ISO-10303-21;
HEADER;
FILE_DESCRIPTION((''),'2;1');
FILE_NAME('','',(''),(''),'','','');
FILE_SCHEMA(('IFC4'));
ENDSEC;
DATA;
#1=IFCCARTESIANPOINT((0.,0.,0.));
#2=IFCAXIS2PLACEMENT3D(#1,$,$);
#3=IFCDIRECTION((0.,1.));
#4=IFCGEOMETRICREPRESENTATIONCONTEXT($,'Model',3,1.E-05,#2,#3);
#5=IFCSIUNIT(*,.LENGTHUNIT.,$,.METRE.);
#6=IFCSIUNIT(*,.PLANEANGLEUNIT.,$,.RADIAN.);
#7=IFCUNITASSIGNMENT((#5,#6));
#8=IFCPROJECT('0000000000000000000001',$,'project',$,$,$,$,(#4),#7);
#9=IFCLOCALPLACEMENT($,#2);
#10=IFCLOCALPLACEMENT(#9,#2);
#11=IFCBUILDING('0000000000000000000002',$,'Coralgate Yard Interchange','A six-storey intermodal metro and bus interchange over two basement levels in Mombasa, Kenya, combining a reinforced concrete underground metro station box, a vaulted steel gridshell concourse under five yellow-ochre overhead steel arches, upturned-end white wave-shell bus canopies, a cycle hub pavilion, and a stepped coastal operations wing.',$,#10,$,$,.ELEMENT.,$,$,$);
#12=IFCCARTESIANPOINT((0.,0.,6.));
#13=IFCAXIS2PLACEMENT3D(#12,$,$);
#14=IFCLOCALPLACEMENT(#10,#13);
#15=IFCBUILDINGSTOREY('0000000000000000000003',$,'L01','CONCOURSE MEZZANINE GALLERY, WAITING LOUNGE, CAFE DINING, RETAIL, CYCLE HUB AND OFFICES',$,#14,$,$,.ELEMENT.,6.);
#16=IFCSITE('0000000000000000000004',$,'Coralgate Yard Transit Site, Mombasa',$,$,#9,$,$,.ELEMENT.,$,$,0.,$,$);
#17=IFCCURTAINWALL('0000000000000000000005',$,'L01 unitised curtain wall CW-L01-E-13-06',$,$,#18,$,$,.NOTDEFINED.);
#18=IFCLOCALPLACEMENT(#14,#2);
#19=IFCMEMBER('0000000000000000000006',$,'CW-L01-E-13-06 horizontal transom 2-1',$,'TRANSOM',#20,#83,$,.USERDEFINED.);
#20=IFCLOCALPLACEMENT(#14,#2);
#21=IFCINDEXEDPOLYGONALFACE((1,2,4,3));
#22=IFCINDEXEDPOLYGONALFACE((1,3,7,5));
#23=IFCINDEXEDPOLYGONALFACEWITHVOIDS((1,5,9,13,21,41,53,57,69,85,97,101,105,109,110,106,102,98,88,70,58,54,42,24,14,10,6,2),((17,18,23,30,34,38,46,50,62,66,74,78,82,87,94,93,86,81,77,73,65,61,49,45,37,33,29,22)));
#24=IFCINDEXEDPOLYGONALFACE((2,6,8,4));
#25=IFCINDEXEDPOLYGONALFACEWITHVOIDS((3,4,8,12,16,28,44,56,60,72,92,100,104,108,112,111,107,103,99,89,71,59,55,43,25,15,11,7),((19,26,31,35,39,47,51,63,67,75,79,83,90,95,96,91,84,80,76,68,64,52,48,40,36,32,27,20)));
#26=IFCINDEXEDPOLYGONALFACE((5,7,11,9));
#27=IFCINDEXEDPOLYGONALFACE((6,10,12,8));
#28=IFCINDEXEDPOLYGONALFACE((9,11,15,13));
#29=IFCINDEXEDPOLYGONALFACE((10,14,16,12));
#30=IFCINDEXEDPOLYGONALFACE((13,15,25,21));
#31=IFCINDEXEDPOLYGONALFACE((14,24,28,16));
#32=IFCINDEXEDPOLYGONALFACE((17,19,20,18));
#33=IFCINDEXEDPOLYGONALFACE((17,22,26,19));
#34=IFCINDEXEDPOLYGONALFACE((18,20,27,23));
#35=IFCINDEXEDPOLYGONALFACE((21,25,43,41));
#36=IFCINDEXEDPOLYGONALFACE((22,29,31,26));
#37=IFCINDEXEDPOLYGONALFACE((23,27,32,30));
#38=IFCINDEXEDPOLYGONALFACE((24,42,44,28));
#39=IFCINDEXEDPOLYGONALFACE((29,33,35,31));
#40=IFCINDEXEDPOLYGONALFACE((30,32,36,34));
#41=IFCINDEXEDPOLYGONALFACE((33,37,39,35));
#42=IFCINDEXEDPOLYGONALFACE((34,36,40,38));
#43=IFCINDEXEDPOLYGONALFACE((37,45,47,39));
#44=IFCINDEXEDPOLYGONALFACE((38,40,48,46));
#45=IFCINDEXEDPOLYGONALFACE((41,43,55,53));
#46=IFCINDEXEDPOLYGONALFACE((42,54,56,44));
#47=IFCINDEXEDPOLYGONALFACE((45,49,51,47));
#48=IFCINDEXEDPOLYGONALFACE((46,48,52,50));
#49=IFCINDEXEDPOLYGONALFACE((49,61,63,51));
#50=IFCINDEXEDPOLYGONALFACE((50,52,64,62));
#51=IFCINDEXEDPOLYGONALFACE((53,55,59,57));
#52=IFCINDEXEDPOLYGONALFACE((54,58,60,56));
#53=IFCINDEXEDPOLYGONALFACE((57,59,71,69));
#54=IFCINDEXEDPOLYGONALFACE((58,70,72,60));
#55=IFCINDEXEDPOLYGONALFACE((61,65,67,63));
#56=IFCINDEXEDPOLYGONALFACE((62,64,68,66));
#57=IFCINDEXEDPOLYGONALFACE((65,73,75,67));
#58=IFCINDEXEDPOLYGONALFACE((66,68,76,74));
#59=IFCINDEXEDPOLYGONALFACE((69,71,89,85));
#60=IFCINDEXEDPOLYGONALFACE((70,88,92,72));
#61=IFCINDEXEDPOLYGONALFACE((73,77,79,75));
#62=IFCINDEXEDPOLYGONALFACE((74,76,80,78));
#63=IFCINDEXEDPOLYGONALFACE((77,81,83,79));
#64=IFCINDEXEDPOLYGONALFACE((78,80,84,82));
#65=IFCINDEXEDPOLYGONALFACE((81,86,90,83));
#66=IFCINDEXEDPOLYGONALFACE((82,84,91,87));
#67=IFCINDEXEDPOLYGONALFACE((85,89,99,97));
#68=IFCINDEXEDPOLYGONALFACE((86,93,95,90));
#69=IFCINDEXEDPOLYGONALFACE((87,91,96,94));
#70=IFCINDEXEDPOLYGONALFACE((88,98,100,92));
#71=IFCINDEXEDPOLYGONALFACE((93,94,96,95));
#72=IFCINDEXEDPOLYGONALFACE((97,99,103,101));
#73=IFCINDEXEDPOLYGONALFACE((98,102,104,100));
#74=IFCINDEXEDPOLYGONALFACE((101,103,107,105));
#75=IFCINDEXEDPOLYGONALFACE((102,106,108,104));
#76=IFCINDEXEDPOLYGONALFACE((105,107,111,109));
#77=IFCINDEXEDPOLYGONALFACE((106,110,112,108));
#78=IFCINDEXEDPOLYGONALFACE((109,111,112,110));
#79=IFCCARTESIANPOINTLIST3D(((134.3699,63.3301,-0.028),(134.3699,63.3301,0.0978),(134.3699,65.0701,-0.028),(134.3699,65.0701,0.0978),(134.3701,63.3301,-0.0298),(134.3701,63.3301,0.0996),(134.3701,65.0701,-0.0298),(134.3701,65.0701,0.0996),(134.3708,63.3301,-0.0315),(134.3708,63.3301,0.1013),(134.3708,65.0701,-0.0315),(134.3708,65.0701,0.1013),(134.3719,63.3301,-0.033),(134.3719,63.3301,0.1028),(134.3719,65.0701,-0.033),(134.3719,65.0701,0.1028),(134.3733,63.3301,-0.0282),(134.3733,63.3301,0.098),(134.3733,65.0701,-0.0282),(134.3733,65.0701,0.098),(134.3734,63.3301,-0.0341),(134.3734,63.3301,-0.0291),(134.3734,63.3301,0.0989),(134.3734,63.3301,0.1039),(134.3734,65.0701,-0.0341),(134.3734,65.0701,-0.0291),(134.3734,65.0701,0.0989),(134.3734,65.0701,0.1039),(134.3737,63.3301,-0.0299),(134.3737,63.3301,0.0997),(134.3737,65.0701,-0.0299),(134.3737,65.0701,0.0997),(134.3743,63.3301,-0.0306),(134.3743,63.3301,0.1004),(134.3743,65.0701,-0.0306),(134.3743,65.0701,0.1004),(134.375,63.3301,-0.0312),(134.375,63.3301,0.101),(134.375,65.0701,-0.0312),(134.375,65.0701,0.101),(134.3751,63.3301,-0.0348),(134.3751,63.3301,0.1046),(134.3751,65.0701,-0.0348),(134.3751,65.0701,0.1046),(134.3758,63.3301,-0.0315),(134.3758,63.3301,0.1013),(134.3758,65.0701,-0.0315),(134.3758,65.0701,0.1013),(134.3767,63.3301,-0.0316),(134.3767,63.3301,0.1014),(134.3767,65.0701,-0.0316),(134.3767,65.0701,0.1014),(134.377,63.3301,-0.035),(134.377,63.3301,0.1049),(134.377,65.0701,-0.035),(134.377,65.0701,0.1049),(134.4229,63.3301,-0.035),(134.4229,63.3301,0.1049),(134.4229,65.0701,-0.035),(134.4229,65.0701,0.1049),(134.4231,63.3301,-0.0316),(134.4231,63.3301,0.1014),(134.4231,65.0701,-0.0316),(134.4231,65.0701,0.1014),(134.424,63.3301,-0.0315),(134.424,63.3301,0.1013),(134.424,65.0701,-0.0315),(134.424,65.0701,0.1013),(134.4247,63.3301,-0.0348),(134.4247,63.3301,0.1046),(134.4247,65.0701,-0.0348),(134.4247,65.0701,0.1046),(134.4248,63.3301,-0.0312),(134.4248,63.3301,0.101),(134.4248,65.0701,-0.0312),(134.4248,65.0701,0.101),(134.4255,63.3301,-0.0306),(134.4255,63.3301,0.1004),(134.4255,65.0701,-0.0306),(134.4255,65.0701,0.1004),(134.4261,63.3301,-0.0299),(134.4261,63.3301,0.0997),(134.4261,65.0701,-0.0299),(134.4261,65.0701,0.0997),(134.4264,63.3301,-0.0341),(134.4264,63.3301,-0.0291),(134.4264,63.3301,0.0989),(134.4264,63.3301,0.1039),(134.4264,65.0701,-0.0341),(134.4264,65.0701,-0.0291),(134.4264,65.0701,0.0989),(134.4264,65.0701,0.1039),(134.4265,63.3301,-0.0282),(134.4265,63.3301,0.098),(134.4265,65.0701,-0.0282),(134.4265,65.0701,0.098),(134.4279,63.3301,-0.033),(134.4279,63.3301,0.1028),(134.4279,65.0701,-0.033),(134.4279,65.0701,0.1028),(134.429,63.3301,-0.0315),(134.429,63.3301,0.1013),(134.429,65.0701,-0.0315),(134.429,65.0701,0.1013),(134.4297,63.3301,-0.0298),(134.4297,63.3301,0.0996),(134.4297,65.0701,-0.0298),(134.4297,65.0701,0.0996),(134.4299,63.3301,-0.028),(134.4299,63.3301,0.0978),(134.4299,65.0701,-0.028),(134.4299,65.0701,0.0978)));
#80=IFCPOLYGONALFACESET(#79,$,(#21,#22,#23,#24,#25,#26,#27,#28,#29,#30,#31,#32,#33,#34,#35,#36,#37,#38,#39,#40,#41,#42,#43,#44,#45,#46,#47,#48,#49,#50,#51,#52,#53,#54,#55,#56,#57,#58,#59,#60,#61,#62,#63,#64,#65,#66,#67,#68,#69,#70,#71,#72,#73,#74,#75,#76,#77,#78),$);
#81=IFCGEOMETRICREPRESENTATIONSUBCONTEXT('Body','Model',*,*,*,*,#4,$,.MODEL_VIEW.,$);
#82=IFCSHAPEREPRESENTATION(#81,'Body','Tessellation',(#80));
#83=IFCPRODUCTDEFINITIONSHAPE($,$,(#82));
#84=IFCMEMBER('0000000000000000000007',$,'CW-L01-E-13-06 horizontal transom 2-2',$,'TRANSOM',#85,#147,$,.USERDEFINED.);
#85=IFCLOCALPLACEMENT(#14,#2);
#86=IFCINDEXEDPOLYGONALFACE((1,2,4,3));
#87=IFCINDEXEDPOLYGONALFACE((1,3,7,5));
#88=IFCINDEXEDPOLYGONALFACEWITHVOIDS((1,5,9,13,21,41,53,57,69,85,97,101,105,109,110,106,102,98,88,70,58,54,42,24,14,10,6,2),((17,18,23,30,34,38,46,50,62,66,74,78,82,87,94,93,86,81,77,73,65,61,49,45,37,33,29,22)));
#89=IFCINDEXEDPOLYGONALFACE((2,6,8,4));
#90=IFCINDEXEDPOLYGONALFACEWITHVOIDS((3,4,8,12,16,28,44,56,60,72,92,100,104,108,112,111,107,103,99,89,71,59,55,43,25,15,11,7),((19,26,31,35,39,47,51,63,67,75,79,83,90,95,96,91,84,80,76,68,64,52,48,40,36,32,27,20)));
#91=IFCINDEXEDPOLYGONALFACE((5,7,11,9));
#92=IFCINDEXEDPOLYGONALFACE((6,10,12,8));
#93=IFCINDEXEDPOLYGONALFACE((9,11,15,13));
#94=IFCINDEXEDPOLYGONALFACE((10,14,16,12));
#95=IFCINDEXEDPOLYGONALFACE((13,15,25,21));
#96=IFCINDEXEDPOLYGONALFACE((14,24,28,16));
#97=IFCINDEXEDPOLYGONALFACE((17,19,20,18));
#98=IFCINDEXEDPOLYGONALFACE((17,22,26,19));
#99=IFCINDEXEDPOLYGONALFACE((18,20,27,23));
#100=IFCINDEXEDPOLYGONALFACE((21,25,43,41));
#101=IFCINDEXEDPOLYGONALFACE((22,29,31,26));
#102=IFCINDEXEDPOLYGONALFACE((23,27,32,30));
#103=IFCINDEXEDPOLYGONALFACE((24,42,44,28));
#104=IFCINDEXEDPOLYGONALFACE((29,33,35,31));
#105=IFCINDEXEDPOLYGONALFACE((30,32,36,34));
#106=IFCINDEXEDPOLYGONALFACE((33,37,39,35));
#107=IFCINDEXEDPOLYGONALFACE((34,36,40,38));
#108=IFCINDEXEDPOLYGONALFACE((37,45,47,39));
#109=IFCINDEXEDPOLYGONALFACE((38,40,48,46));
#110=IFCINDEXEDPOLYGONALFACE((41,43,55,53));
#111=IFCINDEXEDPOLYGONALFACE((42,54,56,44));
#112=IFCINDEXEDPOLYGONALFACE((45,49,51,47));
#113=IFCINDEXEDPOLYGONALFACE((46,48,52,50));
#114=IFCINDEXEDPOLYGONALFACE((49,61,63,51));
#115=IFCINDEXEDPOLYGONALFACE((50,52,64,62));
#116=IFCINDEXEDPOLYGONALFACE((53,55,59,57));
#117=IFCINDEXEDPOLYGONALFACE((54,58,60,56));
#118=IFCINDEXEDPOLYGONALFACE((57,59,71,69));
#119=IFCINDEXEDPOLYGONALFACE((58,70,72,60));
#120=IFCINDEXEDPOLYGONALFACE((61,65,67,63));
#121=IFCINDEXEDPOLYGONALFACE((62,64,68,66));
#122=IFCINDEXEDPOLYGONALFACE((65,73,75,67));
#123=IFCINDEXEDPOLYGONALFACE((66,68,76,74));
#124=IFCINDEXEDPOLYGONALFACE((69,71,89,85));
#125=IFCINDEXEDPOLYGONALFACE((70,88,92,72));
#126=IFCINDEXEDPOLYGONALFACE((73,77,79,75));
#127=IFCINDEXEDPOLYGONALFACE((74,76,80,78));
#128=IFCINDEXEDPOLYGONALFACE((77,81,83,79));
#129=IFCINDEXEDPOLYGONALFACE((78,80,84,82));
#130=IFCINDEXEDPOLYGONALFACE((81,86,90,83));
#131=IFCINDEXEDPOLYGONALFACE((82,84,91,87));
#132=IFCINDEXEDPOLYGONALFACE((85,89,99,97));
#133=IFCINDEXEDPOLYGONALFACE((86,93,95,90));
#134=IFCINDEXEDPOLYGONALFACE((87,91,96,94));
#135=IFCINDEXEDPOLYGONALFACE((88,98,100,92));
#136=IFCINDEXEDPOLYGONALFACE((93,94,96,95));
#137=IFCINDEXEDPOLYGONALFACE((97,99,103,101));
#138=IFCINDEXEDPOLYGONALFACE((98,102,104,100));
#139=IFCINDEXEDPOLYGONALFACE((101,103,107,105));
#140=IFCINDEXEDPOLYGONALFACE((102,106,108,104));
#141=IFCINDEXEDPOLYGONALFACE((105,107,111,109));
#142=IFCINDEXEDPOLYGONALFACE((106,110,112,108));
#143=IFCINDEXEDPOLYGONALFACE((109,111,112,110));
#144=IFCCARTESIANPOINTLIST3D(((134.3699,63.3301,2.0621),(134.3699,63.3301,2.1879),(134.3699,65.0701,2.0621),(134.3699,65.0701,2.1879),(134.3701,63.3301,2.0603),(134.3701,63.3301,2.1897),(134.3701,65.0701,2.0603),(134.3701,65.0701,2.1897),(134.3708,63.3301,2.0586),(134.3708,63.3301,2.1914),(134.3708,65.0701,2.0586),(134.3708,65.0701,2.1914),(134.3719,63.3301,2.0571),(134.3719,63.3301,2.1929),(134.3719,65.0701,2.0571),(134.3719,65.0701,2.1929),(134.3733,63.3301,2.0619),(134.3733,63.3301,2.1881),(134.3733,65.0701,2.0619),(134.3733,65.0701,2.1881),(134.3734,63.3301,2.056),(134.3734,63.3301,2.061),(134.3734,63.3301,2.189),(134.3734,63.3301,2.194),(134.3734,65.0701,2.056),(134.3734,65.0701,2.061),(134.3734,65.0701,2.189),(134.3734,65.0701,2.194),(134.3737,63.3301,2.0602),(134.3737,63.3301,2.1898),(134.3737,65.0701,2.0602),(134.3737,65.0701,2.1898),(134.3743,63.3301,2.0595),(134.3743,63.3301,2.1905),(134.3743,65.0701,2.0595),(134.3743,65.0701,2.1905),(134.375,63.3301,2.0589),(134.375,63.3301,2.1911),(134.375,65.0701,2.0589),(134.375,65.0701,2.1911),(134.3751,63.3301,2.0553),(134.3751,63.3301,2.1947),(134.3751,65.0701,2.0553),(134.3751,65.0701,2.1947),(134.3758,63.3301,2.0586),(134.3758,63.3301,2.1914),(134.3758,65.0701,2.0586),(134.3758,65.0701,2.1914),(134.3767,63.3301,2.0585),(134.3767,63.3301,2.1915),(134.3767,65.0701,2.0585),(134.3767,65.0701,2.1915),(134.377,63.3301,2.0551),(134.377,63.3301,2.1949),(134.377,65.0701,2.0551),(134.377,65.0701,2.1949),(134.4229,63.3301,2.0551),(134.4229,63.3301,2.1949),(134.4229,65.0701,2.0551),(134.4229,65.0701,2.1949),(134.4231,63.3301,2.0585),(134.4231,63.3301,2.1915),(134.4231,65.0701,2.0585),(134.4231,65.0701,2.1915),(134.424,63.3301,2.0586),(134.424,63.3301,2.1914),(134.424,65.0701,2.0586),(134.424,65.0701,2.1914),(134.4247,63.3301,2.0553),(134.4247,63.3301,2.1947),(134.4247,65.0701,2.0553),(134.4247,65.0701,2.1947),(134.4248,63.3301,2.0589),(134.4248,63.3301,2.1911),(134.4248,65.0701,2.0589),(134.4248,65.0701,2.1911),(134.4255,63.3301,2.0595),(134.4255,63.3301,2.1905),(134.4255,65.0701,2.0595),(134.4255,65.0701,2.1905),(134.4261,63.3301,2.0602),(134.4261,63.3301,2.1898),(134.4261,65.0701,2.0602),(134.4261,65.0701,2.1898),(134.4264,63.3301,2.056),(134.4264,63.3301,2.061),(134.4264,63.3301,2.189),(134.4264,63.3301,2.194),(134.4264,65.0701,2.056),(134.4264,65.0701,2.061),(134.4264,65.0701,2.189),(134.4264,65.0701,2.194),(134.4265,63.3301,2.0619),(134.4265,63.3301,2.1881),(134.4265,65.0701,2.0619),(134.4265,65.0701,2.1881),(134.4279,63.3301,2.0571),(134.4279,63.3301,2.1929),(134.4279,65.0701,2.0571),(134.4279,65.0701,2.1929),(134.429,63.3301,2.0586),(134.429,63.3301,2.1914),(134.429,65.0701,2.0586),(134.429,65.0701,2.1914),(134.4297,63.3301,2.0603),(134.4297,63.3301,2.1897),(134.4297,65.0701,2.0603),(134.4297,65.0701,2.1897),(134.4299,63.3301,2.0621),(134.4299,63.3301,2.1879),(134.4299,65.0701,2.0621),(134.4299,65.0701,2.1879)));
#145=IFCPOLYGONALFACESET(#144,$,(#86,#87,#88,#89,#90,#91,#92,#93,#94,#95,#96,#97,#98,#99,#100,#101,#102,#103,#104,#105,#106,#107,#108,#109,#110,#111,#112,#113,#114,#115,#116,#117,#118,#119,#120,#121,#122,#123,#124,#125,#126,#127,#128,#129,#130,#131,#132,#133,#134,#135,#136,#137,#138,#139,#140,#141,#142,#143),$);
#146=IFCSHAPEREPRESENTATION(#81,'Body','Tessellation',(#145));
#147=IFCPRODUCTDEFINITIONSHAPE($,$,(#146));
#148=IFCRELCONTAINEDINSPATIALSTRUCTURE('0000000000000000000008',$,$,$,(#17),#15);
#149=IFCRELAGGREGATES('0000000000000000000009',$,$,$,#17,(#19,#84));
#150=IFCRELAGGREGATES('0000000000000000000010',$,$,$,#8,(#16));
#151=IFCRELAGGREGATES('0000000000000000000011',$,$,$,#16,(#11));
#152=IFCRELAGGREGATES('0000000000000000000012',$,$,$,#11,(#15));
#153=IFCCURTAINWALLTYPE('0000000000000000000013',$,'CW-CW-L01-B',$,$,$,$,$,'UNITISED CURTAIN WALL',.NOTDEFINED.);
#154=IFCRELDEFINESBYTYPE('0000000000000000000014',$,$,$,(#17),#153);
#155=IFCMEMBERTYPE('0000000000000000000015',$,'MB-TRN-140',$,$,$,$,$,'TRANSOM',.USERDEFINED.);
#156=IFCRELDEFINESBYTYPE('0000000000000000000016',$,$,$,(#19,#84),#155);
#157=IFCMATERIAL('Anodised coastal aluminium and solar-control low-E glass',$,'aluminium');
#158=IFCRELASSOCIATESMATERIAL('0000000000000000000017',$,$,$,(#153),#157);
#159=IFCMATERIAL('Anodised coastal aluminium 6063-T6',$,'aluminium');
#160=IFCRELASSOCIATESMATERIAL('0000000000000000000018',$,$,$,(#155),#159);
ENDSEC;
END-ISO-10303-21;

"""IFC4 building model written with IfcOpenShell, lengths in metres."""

from ifc_helpers import new_model, si_unit, direction, frame, origin, origin_2d, place, context, subcontext, project, spatial, hollow_rectangle, extrude, material, material_profile, profile_set, type_object, element, aggregate, save


model = new_model("IFC4")

# Units and contexts
model_context = context("Model", 3, precision=1e-05, world=origin(), true_north=direction((0.0, 1.0)))
body_context = subcontext(model_context, "Body", "Model", "MODEL_VIEW")
ifc_project = project(units=[si_unit("LENGTHUNIT", "METRE"), si_unit("PLANEANGLEUNIT", "RADIAN")], contexts=[model_context])

# Site, building, storey
site_placement = place(None, origin())
site = spatial("IfcSite", under=ifc_project, at=site_placement, Name="Coralgate Yard Transit Site, Mombasa", CompositionType="ELEMENT", RefElevation=0.0)
building_placement = place(site_placement, origin())
building = spatial("IfcBuilding", under=site, at=building_placement, Name="Coralgate Yard Interchange", Description="A six-storey intermodal metro and bus interchange over two basement levels in Mombasa, Kenya, combining a reinforced concrete underground metro station box, a vaulted steel gridshell concourse under five yellow-ochre overhead steel arches, upturned-end white wave-shell bus canopies, a cycle hub pavilion, and a stepped coastal operations wing.", CompositionType="ELEMENT")
storey_placement = place(building_placement, frame((0.0, 0.0, 6.0)))
storey = spatial("IfcBuildingStorey", under=building, at=storey_placement, Name="L01", Description="CONCOURSE MEZZANINE GALLERY, WAITING LOUNGE, CAFE DINING, RETAIL, CYCLE HUB AND OFFICES", CompositionType="ELEMENT", Elevation=6.0)

# Curtain wall, members
ifc_material_1 = material(Name="Anodised coastal aluminium and solar-control low-E glass", Category="aluminium")
curtain_wall_type = type_object("IfcCurtainWallType", Name="CW-CW-L01-B", ElementType="UNITISED CURTAIN WALL", PredefinedType="NOTDEFINED", material=ifc_material_1)
curtain_wall_placement = place(storey_placement, origin())
curtain_wall = element("IfcCurtainWall", 1, at=curtain_wall_placement, inside=storey, type_object=curtain_wall_type, Name="L01 unitised curtain wall CW-L01-E-13-06", PredefinedType="NOTDEFINED")
ifc_material_2 = material(Name="Anodised coastal aluminium 6063-T6", Category="aluminium")
ifc_material_profile_1 = material_profile(ifc_material_2, hollow_rectangle(XDim=0.0601, YDim=0.1399, WallThickness=0.0034, InnerFilletRadius=0.0034, OuterFilletRadius=0.0071, at=origin_2d()), Name="ALU 60x140x3.5")
ifc_profile_set_1 = profile_set([ifc_material_profile_1], Name="Anodised coastal aluminium 6063-T6")
member_type_1 = type_object("IfcMemberType", Name="MB-TRN-140", ElementType="TRANSOM", PredefinedType="USERDEFINED", material=ifc_profile_set_1)
member_1_placement = place(storey_placement, frame((134.3999, 65.0701, 0.0349), z_axis=(0.0, -1.0, 0.0), x_axis=(1.0, 0.0, 0.0)))
member_1 = element("IfcMember", 2, at=member_1_placement, type_object=member_type_1, Name="CW-L01-E-13-06 horizontal transom 2-1", ObjectType="TRANSOM", PredefinedType="USERDEFINED", context=body_context, shape_type="SweptSolid", body=[
    extrude(hollow_rectangle(XDim=0.0601, YDim=0.1399, WallThickness=0.0034, InnerFilletRadius=0.0034, OuterFilletRadius=0.0071, at=origin_2d()), origin(), (0.0, 0.0, 1.0), 1.74),
])
member_2_placement = place(storey_placement, frame((134.3999, 65.0701, 2.125), z_axis=(0.0, -1.0, 0.0), x_axis=(1.0, 0.0, 0.0)))
member_2 = element("IfcMember", 3, at=member_2_placement, type_object=member_type_1, Name="CW-L01-E-13-06 horizontal transom 2-2", ObjectType="TRANSOM", PredefinedType="USERDEFINED", context=body_context, shape_type="SweptSolid", body=[
    extrude(hollow_rectangle(XDim=0.0601, YDim=0.1399, WallThickness=0.0034, InnerFilletRadius=0.0034, OuterFilletRadius=0.0071, at=origin_2d()), origin(), (0.0, 0.0, 1.0), 1.74),
])
aggregate(curtain_wall, [member_1, member_2])

save(model, "model.ifc")
